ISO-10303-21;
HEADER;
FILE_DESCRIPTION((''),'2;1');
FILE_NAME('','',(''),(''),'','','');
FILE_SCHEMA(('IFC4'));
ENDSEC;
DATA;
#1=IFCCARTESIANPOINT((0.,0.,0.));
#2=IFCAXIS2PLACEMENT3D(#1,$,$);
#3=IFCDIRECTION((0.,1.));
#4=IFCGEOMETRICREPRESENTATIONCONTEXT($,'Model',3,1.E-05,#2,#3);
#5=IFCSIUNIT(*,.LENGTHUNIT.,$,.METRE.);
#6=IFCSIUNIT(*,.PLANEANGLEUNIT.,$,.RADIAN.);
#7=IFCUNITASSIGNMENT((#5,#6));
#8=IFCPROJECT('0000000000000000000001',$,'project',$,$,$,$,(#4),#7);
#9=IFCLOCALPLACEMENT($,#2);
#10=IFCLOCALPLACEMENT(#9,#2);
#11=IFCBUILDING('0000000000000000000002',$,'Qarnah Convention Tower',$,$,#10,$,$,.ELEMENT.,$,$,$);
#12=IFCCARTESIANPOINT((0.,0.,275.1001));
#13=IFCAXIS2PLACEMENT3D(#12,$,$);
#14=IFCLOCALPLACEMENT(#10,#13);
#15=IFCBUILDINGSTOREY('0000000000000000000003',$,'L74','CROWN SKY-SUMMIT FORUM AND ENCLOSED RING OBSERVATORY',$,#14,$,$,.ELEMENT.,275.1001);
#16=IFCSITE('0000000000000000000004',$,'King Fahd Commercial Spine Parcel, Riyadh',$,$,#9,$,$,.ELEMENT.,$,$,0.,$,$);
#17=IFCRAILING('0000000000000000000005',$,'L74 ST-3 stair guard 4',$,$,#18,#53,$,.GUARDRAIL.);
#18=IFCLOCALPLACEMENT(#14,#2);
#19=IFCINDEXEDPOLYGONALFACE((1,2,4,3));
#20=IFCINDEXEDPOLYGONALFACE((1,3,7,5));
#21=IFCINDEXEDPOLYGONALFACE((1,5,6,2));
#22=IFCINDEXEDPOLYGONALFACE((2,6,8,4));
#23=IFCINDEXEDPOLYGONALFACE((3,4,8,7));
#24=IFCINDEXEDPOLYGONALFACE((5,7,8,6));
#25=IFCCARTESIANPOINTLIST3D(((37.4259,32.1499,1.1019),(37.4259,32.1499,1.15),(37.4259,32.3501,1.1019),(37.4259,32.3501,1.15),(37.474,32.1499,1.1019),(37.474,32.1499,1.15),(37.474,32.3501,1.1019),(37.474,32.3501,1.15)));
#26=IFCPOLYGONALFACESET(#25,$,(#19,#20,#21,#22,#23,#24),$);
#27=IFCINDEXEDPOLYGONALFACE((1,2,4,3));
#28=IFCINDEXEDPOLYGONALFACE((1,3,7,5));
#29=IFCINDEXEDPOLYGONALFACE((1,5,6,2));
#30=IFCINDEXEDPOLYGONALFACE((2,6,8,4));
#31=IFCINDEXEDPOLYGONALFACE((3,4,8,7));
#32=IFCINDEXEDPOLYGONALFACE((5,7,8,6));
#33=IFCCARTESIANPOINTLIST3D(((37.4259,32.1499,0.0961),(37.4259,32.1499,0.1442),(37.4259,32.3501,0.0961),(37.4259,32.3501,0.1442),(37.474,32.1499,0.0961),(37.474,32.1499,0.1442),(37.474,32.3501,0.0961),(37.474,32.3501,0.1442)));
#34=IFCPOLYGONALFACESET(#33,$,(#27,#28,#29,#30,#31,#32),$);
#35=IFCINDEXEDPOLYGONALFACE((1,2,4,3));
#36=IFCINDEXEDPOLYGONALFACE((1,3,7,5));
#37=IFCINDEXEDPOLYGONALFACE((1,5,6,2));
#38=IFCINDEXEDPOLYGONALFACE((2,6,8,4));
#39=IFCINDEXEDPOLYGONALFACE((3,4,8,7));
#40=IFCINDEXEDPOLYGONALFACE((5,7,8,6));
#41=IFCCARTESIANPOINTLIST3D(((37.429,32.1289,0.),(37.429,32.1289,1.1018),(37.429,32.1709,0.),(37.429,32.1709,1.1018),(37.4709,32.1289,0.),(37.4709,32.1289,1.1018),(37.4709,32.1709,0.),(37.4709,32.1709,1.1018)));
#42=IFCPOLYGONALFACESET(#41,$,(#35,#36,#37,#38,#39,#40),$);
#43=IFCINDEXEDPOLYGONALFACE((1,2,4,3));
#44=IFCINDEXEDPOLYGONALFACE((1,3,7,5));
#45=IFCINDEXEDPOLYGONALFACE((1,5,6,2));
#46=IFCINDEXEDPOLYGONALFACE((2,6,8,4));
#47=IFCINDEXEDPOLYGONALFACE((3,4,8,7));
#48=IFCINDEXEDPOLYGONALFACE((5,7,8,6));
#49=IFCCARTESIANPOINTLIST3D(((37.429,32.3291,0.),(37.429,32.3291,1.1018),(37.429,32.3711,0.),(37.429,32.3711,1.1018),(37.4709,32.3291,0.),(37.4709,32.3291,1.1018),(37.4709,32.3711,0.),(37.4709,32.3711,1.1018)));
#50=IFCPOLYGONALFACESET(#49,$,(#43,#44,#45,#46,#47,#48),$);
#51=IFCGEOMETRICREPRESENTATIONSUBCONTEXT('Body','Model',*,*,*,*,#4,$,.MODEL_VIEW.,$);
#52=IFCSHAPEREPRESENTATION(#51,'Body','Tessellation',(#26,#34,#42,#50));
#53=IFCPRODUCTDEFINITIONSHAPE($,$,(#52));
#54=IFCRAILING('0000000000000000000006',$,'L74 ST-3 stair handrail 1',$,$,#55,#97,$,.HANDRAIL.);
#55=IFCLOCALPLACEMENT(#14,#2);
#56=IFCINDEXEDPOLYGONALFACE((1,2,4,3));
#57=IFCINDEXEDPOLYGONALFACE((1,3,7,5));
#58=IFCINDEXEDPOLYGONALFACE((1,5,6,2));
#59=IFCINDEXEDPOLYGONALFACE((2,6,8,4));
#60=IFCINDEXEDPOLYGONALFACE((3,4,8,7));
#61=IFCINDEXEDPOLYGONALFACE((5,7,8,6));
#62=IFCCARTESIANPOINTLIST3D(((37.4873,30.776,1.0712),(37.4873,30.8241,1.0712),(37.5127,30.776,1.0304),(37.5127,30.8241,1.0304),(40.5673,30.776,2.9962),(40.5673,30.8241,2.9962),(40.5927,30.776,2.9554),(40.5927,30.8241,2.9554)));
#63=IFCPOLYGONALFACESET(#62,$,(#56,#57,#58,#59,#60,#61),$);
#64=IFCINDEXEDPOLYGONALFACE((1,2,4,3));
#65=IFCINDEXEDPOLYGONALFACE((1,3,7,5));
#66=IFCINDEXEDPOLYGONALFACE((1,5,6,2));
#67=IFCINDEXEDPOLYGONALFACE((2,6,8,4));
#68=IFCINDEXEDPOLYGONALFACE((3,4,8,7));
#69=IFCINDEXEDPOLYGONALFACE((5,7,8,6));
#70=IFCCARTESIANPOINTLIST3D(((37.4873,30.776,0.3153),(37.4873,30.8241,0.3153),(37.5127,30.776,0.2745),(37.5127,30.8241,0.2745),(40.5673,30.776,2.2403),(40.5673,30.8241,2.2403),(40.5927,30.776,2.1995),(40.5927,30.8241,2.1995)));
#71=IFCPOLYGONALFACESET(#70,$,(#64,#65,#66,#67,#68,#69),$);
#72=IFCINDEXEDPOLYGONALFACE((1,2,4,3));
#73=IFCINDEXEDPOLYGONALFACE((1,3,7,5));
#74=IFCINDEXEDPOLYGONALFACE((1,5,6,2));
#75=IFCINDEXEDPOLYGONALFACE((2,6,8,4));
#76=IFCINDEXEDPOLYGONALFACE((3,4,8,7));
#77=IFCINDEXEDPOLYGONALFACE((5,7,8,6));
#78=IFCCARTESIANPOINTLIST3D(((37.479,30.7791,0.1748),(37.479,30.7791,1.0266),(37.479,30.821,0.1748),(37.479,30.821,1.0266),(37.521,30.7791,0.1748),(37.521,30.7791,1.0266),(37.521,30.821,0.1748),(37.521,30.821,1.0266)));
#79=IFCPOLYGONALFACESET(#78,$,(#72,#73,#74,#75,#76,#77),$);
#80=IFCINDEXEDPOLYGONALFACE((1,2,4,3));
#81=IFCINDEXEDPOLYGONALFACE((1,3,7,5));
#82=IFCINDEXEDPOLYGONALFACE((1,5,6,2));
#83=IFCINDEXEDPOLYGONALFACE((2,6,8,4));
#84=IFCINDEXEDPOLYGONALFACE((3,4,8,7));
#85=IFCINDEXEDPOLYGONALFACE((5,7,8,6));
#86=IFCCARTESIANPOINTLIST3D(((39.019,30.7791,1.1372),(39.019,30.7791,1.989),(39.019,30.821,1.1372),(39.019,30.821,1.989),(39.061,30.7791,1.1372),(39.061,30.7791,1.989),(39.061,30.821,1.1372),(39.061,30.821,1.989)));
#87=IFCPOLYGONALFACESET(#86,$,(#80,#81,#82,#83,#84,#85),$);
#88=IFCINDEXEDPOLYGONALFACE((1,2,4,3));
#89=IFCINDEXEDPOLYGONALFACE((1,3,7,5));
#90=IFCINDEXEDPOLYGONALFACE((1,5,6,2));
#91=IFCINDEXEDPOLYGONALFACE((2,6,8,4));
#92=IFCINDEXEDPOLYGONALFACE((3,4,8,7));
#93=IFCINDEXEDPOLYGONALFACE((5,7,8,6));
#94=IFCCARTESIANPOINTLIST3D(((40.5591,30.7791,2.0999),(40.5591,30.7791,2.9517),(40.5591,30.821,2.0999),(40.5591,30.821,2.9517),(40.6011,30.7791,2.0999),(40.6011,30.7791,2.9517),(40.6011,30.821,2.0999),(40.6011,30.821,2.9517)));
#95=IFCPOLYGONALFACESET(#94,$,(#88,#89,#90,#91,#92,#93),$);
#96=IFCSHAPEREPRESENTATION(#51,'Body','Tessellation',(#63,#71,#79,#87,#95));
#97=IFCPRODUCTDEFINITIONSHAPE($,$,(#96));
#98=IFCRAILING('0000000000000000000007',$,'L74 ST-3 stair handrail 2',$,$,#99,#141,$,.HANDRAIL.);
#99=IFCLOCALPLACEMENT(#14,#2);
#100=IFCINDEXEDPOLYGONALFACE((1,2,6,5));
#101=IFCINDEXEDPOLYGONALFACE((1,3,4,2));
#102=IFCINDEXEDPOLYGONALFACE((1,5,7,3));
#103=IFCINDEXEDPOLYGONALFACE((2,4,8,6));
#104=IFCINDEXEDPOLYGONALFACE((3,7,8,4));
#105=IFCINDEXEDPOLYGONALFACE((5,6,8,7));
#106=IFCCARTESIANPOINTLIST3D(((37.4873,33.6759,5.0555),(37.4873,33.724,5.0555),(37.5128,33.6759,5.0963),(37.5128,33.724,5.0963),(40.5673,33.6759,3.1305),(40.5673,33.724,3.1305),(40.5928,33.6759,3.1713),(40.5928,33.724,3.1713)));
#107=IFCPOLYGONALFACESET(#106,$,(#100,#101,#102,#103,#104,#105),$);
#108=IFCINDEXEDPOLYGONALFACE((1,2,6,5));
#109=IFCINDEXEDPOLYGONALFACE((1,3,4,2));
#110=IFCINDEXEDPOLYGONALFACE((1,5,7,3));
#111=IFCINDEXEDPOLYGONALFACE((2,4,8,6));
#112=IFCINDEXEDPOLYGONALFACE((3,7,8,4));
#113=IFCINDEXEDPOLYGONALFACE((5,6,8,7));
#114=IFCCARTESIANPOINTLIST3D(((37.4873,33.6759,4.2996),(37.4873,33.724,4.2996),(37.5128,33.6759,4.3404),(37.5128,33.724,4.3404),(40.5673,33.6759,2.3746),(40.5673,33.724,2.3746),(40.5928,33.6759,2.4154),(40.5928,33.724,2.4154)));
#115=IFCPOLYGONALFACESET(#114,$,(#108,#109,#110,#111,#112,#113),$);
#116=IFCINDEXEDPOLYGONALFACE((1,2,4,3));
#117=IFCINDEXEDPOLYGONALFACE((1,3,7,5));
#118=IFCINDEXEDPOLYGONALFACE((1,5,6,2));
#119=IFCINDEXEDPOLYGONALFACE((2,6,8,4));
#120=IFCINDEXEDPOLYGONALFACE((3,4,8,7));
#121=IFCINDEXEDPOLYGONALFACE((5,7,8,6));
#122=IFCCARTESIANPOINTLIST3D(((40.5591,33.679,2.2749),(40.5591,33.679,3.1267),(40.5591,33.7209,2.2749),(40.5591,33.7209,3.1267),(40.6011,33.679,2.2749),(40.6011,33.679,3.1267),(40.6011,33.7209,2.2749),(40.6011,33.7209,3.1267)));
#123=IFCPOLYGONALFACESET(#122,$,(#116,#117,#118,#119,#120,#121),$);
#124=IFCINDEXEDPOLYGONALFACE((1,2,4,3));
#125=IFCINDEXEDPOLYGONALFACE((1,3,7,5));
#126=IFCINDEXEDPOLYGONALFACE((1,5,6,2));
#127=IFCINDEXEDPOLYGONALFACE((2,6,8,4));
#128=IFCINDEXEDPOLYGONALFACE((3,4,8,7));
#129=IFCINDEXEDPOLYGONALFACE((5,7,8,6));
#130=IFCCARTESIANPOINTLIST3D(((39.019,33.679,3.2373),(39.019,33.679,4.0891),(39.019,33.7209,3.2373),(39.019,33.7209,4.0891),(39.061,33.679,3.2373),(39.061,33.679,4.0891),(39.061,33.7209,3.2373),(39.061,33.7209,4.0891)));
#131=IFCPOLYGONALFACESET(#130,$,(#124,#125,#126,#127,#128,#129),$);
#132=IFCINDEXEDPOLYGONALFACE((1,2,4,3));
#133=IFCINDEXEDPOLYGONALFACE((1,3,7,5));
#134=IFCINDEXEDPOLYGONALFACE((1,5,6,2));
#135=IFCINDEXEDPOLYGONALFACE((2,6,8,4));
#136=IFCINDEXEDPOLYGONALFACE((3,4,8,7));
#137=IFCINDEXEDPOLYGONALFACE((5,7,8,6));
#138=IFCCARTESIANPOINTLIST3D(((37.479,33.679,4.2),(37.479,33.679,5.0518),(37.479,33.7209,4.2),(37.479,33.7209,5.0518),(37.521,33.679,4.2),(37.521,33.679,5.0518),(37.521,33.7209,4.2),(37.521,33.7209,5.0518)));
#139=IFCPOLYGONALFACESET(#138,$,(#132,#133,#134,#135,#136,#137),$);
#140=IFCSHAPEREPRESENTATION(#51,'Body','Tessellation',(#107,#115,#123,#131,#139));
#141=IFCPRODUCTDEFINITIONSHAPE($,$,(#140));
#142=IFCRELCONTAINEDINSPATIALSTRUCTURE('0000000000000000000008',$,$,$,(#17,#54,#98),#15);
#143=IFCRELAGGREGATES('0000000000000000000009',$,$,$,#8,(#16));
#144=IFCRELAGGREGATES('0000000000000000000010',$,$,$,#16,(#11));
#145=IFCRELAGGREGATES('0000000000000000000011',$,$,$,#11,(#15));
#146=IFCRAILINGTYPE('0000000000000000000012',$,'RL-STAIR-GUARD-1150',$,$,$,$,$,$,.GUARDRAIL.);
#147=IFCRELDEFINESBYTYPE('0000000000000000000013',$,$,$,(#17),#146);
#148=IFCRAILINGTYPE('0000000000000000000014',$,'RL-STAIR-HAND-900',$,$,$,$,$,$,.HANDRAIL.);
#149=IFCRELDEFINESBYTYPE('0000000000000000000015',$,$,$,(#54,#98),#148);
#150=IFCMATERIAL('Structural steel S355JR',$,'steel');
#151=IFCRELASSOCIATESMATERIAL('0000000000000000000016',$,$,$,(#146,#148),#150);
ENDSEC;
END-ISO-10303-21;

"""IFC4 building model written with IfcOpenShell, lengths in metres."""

from ifc_helpers import new_model, si_unit, direction, frame, origin, origin_2d, place, context, subcontext, project, spatial, rectangle, extrude, material, type_object, element, save


model = new_model("IFC4")

# Units and contexts
model_context = context("Model", 3, precision=1e-05, world=origin(), true_north=direction((0.0, 1.0)))
body_context = subcontext(model_context, "Body", "Model", "MODEL_VIEW")
ifc_project = project(units=[si_unit("LENGTHUNIT", "METRE"), si_unit("PLANEANGLEUNIT", "RADIAN")], contexts=[model_context])

# Site, building, storey
site_placement = place(None, origin())
site = spatial("IfcSite", under=ifc_project, at=site_placement, Name="King Fahd Commercial Spine Parcel, Riyadh", CompositionType="ELEMENT", RefElevation=0.0)
building_placement = place(site_placement, origin())
building = spatial("IfcBuilding", under=site, at=building_placement, Name="Qarnah Convention Tower", CompositionType="ELEMENT")
storey_placement = place(building_placement, frame((0.0, 0.0, 275.1001)))
storey = spatial("IfcBuildingStorey", under=building, at=storey_placement, Name="L74", Description="CROWN SKY-SUMMIT FORUM AND ENCLOSED RING OBSERVATORY", CompositionType="ELEMENT", Elevation=275.1001)

# Shared definitions
ifc_material_1 = material(Name="Structural steel S355JR", Category="steel")

# Railings
railing_type_1 = type_object("IfcRailingType", Name="RL-STAIR-GUARD-1150", PredefinedType="GUARDRAIL", material=ifc_material_1)
railing_1_placement = place(storey_placement, frame((37.45, 32.1499, 0.0)))
element("IfcRailing", 1, at=railing_1_placement, inside=storey, type_object=railing_type_1, Name="L74 ST-3 stair guard 4", PredefinedType="GUARDRAIL", context=body_context, shape_type="SweptSolid", body=[
    extrude(rectangle(XDim=0.0481, YDim=0.0481, at=origin_2d()), frame((0.0, 0.0, 1.126), z_axis=(0.0, 1.0, 0.0), x_axis=(-1.0, 0.0, 0.0)), (0.0, 0.0, 1.0), 0.2002),
    extrude(rectangle(XDim=0.0481, YDim=0.0481, at=origin_2d()), frame((0.0, 0.0, 0.1201), z_axis=(0.0, 1.0, 0.0), x_axis=(-1.0, 0.0, 0.0)), (0.0, 0.0, 1.0), 0.2002),
    extrude(rectangle(XDim=0.042, YDim=0.042, at=origin_2d()), origin(), (0.0, 0.0, 1.0), 1.1018),
    extrude(rectangle(XDim=0.042, YDim=0.042, at=origin_2d()), frame((0.0, 0.2002, 0.0)), (0.0, 0.0, 1.0), 1.1018),
])
railing_type_2 = type_object("IfcRailingType", Name="RL-STAIR-HAND-900", PredefinedType="HANDRAIL", material=ifc_material_1)
railing_2_placement = place(storey_placement, frame((37.5, 30.8, 0.1748)))
element("IfcRailing", 2, at=railing_2_placement, inside=storey, type_object=railing_type_2, Name="L74 ST-3 stair handrail 1", PredefinedType="HANDRAIL", context=body_context, shape_type="SweptSolid", body=[
    extrude(rectangle(XDim=0.0481, YDim=0.0481, at=origin_2d()), frame((0.0, 0.0, 0.876), z_axis=(0.847998, 0.0, 0.529999), x_axis=(0.0, 1.0, 0.0)), (0.0, 0.0, 1.0), 3.6321),
    extrude(rectangle(XDim=0.0481, YDim=0.0481, at=origin_2d()), frame((0.0, 0.0, 0.1201), z_axis=(0.847998, 0.0, 0.529999), x_axis=(0.0, 1.0, 0.0)), (0.0, 0.0, 1.0), 3.6321),
    extrude(rectangle(XDim=0.042, YDim=0.042, at=origin_2d()), origin(), (0.0, 0.0, 1.0), 0.8518),
    extrude(rectangle(XDim=0.042, YDim=0.042, at=origin_2d()), frame((1.54, 0.0, 0.9624)), (0.0, 0.0, 1.0), 0.8518),
    extrude(rectangle(XDim=0.042, YDim=0.042, at=origin_2d()), frame((3.0801, 0.0, 1.925)), (0.0, 0.0, 1.0), 0.8518),
])
railing_3_placement = place(storey_placement, frame((40.5801, 33.7, 2.2749)))
element("IfcRailing", 3, at=railing_3_placement, inside=storey, type_object=railing_type_2, Name="L74 ST-3 stair handrail 2", PredefinedType="HANDRAIL", context=body_context, shape_type="SweptSolid", body=[
    extrude(rectangle(XDim=0.0481, YDim=0.0481, at=origin_2d()), frame((0.0, 0.0, 0.876), z_axis=(-0.847998, 0.0, 0.529999), x_axis=(0.0, -1.0, 0.0)), (0.0, 0.0, 1.0), 3.6321),
    extrude(rectangle(XDim=0.0481, YDim=0.0481, at=origin_2d()), frame((0.0, 0.0, 0.1201), z_axis=(-0.847998, 0.0, 0.529999), x_axis=(0.0, -1.0, 0.0)), (0.0, 0.0, 1.0), 3.6321),
    extrude(rectangle(XDim=0.042, YDim=0.042, at=origin_2d()), origin(), (0.0, 0.0, 1.0), 0.8518),
    extrude(rectangle(XDim=0.042, YDim=0.042, at=origin_2d()), frame((-1.54, 0.0, 0.9624)), (0.0, 0.0, 1.0), 0.8518),
    extrude(rectangle(XDim=0.042, YDim=0.042, at=origin_2d()), frame((-3.0801, 0.0, 1.925)), (0.0, 0.0, 1.0), 0.8518),
])

save(model, "model.ifc")
